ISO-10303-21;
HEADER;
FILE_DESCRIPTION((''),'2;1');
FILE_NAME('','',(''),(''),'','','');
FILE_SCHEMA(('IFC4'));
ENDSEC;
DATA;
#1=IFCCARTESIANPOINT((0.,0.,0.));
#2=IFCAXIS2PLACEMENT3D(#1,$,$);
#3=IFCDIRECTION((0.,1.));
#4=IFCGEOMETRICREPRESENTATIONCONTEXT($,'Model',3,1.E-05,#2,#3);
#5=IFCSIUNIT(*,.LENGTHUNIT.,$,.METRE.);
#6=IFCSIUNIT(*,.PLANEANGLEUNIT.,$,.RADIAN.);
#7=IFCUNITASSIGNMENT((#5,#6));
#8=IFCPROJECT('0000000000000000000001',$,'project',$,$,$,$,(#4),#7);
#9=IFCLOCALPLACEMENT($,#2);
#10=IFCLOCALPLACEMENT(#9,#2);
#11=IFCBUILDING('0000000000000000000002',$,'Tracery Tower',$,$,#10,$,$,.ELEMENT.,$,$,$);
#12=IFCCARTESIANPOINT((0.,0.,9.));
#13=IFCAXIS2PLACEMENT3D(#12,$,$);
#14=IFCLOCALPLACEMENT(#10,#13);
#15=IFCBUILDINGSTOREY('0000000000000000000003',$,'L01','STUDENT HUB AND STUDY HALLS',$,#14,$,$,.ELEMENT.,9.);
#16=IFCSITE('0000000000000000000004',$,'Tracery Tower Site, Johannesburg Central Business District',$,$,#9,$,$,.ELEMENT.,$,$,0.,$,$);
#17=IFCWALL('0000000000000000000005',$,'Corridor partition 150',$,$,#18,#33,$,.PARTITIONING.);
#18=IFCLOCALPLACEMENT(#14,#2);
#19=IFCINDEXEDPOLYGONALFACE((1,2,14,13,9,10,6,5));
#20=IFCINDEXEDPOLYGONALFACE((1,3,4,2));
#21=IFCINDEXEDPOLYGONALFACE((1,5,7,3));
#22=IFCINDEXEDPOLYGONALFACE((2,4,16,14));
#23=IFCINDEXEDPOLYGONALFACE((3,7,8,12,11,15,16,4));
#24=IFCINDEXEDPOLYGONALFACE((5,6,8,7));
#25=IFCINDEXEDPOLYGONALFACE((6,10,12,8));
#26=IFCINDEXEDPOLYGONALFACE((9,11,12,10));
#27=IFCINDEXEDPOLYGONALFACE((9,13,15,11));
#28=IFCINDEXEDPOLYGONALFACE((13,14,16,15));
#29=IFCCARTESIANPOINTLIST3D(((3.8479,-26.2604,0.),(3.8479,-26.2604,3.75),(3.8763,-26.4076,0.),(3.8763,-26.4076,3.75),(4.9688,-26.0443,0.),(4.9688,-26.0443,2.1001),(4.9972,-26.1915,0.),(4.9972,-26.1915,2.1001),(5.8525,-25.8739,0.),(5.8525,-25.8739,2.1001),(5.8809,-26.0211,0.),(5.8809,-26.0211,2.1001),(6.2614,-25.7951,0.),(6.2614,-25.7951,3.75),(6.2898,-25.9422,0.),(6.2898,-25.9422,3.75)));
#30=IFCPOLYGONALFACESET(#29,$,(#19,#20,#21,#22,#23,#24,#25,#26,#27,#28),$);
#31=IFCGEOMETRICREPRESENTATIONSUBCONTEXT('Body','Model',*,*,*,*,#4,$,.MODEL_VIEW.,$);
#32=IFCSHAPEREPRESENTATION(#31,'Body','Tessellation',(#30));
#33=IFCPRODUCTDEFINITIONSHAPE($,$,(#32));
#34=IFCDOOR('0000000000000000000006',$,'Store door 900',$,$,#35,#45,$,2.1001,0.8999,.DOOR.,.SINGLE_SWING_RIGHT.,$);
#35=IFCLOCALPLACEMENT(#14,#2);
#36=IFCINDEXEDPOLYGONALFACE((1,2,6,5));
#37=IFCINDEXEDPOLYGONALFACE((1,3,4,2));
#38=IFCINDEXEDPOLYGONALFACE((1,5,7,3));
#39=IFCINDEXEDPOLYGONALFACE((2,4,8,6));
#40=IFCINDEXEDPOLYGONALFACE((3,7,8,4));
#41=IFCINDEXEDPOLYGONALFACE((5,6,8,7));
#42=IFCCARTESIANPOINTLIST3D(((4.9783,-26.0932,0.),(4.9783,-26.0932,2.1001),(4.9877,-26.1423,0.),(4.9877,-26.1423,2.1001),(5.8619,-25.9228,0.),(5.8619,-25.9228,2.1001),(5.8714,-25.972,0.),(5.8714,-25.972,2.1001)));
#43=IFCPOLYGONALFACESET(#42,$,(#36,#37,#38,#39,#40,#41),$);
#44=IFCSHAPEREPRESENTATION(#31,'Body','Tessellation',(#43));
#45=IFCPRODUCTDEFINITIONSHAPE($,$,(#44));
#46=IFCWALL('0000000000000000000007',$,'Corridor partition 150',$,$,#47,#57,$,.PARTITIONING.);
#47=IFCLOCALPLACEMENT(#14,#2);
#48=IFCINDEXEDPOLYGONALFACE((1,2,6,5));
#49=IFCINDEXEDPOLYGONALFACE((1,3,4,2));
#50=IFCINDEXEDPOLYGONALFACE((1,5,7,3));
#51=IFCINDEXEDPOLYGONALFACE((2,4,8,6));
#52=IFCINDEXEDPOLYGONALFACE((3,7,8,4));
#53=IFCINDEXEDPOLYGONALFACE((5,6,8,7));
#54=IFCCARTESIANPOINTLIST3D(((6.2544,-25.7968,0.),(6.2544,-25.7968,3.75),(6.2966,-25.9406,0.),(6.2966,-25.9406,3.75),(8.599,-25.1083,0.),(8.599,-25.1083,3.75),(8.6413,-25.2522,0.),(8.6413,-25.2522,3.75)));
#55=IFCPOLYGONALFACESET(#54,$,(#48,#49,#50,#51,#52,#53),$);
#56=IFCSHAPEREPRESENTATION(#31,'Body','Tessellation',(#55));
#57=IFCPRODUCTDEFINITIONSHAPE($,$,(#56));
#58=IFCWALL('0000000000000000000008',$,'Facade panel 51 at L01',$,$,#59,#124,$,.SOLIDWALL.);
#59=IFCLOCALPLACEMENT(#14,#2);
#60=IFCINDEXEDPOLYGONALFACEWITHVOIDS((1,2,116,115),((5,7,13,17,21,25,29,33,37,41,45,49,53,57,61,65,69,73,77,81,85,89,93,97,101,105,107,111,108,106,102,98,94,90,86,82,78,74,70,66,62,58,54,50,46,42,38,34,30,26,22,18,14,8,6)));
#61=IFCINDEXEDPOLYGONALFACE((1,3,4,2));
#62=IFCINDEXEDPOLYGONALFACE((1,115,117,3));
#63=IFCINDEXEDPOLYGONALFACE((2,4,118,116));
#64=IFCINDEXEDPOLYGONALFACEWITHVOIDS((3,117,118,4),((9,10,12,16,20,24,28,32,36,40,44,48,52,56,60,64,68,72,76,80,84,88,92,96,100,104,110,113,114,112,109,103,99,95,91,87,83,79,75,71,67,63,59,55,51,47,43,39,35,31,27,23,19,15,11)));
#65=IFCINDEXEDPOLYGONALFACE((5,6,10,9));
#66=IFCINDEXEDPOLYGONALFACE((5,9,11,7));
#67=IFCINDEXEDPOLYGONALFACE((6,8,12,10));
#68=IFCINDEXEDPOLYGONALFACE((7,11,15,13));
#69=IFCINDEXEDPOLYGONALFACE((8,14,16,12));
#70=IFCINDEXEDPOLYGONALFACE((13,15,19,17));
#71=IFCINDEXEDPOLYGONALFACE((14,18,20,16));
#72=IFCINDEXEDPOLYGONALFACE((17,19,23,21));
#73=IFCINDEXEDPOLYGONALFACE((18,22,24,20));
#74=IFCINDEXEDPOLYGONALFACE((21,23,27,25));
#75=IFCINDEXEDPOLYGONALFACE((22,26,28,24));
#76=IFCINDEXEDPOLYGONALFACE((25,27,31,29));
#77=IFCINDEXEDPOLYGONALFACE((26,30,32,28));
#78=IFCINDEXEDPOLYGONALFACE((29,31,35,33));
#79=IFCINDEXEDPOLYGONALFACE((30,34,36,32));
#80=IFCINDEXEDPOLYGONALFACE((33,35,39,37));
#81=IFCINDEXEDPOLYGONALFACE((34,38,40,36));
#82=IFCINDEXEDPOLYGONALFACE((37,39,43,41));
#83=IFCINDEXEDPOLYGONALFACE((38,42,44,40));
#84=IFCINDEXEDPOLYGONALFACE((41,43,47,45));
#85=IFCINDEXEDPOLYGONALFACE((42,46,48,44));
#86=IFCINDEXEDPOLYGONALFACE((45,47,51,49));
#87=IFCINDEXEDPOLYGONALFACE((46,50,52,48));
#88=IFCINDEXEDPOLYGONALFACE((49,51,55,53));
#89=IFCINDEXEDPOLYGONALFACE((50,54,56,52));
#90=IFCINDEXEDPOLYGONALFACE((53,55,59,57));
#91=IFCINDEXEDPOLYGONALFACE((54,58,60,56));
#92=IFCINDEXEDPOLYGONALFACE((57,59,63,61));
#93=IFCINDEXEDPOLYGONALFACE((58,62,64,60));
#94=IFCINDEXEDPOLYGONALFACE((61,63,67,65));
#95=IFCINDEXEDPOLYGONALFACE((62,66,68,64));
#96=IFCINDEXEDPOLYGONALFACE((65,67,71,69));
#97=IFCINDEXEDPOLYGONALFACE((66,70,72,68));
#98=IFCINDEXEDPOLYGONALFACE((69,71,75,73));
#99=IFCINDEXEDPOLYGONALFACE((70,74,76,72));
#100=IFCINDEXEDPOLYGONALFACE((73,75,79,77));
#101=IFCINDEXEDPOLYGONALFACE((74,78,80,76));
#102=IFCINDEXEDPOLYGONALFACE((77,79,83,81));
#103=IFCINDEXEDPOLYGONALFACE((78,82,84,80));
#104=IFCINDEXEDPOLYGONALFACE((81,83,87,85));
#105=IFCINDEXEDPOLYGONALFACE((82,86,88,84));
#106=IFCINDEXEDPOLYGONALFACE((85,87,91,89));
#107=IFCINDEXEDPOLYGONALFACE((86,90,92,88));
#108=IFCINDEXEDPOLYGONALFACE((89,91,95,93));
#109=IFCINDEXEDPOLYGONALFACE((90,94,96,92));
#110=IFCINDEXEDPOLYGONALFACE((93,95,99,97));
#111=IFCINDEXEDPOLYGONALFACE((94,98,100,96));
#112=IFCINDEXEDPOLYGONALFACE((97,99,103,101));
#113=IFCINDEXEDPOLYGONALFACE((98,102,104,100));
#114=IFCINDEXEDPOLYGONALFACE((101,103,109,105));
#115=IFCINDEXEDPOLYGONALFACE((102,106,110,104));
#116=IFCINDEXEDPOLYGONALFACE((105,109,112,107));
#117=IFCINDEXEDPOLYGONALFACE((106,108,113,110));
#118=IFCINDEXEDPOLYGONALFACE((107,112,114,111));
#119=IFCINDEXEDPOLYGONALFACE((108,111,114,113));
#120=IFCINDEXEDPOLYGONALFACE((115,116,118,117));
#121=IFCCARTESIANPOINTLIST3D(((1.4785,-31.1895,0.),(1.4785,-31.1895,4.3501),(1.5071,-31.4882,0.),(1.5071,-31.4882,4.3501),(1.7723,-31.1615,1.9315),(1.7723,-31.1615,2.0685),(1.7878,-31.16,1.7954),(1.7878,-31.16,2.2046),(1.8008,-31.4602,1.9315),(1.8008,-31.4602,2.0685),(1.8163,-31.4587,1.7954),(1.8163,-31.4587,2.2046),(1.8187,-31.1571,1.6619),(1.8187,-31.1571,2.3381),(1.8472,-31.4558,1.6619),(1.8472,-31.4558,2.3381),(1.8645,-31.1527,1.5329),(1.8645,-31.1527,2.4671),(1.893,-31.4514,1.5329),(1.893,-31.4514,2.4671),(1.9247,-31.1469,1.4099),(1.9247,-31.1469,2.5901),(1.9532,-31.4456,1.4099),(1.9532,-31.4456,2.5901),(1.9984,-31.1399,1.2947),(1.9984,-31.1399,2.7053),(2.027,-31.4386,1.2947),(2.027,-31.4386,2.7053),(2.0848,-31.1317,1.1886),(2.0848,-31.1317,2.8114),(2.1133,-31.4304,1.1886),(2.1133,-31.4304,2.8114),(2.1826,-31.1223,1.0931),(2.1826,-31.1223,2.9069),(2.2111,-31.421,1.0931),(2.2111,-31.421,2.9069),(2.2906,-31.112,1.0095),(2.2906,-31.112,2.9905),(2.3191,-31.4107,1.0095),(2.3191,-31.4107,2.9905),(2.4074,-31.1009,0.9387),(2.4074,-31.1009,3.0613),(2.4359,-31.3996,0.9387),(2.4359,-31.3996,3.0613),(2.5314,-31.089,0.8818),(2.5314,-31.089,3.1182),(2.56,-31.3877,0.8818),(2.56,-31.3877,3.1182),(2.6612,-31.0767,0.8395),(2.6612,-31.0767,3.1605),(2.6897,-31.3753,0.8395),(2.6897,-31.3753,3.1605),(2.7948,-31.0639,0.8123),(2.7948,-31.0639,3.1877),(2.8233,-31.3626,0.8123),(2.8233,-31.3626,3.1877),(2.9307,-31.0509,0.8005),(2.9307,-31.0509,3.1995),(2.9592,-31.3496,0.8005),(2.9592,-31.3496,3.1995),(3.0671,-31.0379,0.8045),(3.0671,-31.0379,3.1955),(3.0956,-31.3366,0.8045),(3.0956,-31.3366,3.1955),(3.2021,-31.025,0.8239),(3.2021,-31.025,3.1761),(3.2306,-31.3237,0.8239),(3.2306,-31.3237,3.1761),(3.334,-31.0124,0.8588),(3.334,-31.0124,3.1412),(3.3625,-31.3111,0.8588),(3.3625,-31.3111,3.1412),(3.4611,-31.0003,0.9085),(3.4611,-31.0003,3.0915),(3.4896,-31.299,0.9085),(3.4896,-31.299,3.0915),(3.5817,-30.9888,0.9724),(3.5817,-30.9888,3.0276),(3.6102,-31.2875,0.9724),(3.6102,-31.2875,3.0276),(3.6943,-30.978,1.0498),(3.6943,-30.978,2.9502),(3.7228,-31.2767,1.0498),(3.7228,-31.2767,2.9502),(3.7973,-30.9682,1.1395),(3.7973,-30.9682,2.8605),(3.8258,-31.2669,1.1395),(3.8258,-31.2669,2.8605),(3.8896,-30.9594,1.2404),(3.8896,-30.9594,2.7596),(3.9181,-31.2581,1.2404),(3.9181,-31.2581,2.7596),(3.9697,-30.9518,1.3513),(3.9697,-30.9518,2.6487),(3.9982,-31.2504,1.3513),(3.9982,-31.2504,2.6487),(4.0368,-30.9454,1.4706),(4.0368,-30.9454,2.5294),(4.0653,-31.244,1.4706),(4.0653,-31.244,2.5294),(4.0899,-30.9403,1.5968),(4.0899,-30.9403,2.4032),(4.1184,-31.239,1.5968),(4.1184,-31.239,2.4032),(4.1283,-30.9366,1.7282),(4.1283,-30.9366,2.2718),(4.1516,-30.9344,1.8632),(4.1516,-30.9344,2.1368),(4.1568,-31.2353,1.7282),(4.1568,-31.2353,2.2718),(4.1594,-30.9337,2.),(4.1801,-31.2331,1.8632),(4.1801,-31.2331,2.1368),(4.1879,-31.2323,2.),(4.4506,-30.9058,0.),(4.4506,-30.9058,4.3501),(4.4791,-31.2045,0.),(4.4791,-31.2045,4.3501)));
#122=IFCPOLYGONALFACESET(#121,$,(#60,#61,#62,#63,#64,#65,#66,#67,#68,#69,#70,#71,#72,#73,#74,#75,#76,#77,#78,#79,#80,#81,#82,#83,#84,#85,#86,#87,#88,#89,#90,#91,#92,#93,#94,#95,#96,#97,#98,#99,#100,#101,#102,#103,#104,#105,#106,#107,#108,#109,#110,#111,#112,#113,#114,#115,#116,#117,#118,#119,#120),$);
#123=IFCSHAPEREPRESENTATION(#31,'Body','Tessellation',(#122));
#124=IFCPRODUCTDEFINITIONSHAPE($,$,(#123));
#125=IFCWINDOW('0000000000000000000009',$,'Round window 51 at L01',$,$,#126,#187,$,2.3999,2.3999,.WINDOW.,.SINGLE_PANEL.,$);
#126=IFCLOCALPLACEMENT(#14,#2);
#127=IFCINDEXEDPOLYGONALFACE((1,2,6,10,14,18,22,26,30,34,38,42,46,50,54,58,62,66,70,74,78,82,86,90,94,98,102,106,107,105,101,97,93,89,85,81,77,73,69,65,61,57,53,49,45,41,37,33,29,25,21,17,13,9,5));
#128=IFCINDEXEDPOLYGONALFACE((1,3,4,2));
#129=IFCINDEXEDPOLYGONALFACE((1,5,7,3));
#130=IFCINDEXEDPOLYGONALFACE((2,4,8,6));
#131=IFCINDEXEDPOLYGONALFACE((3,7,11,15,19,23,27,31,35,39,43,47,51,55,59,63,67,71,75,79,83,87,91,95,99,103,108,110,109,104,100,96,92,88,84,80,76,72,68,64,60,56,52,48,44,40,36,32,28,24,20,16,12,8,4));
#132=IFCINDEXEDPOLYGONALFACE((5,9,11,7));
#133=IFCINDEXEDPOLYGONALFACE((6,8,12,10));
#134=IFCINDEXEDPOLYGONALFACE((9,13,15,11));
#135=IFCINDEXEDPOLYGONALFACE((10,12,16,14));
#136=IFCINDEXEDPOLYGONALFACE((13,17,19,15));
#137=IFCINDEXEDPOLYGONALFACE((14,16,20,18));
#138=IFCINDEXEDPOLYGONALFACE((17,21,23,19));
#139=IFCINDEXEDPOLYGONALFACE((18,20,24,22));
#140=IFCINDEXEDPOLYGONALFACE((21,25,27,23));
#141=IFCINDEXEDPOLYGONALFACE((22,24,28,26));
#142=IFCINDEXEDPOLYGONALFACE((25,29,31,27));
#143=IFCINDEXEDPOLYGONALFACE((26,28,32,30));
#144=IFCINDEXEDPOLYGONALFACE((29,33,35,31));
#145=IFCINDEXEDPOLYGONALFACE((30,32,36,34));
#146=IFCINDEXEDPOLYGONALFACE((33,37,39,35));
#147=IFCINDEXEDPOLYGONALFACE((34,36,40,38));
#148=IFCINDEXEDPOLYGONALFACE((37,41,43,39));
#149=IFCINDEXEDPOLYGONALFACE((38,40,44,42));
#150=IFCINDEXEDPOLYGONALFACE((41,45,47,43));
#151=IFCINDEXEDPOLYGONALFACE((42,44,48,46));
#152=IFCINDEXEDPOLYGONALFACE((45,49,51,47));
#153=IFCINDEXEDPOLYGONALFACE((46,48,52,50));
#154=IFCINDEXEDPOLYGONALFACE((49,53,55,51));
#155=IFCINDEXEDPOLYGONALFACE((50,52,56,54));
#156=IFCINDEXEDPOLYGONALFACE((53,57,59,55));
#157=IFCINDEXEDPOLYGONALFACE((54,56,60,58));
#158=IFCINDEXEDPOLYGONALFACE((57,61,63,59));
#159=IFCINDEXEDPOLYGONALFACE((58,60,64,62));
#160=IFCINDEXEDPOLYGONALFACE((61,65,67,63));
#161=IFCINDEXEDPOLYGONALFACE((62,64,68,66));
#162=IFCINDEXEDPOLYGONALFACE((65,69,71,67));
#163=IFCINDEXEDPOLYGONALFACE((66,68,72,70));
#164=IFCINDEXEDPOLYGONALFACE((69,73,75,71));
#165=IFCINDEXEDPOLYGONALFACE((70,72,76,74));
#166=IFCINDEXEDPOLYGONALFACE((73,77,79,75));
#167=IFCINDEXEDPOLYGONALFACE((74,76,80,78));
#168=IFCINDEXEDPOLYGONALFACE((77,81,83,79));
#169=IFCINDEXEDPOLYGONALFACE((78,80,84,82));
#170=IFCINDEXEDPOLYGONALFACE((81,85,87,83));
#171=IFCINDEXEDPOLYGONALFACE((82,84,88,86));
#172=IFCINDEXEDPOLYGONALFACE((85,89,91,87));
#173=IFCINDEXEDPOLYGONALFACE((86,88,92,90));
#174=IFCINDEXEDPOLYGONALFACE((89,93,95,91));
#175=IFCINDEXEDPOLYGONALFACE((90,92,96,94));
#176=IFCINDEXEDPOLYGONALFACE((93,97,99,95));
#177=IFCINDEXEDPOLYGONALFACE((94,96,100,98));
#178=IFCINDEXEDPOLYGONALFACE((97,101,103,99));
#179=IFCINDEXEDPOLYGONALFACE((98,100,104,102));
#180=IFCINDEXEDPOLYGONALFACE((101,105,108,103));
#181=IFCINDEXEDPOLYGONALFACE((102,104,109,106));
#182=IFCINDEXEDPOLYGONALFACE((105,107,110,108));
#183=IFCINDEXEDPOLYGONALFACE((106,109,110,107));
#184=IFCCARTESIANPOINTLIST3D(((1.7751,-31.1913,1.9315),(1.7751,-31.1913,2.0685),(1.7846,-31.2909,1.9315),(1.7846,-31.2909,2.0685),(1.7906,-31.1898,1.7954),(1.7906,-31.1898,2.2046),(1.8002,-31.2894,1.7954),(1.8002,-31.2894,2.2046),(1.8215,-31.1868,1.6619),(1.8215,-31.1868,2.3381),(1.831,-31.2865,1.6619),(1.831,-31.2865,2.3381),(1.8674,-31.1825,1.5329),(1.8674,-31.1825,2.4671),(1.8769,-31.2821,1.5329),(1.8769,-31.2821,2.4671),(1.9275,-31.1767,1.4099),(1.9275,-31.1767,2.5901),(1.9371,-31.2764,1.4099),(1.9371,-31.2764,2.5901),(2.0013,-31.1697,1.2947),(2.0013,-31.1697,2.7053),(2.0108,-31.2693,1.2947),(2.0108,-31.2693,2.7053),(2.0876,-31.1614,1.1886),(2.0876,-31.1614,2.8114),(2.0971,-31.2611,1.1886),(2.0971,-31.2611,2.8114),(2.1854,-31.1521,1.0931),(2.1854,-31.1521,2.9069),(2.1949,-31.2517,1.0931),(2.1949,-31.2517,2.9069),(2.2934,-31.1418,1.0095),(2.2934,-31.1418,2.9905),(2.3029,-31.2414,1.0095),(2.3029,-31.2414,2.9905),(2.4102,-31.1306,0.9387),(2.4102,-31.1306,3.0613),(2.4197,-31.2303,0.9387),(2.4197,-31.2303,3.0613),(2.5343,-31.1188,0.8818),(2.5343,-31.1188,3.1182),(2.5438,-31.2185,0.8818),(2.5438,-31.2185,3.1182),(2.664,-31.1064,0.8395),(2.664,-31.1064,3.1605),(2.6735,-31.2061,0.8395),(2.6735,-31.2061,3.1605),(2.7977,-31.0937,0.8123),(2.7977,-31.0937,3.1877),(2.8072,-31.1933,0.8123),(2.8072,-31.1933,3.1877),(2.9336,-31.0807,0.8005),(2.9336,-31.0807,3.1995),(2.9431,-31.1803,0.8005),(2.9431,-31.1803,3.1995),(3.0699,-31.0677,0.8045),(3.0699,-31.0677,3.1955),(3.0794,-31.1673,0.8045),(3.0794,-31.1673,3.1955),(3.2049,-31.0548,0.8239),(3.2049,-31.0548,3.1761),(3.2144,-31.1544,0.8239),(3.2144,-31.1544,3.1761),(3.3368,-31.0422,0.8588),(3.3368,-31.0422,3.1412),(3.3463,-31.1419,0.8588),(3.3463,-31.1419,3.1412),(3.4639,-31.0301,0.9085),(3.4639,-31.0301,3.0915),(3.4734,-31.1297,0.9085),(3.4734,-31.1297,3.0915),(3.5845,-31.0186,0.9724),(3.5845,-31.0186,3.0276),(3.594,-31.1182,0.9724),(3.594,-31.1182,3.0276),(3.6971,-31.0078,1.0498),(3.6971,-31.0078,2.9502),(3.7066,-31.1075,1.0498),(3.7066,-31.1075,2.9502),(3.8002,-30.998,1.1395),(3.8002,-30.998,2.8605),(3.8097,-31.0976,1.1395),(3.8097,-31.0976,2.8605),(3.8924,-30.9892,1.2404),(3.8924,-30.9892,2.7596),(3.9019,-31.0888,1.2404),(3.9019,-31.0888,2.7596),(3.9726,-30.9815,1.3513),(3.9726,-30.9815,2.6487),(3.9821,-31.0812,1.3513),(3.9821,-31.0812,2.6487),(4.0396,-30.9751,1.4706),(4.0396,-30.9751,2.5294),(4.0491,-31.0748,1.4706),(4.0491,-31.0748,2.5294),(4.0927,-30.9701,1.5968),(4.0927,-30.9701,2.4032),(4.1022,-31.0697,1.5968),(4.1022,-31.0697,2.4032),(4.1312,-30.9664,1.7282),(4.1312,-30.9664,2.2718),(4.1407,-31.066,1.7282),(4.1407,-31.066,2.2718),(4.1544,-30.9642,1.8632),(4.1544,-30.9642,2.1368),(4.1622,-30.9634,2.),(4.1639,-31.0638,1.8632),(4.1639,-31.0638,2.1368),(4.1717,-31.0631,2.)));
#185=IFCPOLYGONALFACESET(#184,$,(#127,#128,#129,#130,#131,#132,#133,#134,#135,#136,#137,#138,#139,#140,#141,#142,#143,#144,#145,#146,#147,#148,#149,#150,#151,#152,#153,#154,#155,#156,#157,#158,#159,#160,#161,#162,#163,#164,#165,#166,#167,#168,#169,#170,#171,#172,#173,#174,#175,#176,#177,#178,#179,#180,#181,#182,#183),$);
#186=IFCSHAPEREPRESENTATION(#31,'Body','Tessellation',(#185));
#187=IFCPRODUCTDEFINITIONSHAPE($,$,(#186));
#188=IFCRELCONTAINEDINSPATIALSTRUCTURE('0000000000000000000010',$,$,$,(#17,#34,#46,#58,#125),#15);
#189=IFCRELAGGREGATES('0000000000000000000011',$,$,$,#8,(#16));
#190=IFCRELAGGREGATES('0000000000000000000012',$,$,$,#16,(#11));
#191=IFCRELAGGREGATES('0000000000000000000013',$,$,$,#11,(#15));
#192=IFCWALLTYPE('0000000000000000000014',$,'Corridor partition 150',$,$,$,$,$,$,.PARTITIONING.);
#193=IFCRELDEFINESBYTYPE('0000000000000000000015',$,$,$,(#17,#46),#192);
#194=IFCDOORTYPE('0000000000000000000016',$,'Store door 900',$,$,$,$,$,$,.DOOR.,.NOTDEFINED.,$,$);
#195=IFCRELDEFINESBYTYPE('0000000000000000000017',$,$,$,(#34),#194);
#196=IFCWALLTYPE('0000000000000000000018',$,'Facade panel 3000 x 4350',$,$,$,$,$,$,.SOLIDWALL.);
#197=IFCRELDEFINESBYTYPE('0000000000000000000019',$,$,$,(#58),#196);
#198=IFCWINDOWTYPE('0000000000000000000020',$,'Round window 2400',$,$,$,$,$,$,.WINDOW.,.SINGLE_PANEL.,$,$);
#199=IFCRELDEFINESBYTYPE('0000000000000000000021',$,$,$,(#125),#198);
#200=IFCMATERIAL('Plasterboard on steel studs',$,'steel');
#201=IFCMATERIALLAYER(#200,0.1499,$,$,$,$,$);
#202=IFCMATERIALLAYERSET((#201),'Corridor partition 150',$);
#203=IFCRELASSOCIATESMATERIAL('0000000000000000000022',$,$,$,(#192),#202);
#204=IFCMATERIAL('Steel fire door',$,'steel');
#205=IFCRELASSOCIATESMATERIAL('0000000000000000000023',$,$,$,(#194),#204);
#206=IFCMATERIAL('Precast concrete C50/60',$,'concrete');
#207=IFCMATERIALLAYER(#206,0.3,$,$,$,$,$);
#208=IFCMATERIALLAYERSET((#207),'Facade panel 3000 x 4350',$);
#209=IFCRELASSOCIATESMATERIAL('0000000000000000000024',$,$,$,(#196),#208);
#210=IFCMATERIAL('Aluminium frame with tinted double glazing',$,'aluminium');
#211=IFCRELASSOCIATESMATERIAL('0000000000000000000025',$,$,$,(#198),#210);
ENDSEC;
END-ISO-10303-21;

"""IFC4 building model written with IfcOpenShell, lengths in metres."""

from ifc_helpers import new_model, si_unit, direction, frame, frame_2d, origin, origin_2d, place, context, subcontext, project, spatial, rectangle, circle, extrude, material, layer, layer_set, type_object, element, fill, save


model = new_model("IFC4")

# Units and contexts
model_context = context("Model", 3, precision=1e-05, world=origin(), true_north=direction((0.0, 1.0)))
body_context = subcontext(model_context, "Body", "Model", "MODEL_VIEW")
ifc_project = project(units=[si_unit("LENGTHUNIT", "METRE"), si_unit("PLANEANGLEUNIT", "RADIAN")], contexts=[model_context])

# Site, building, storey
site_placement = place(None, origin())
site = spatial("IfcSite", under=ifc_project, at=site_placement, Name="Tracery Tower Site, Johannesburg Central Business District", CompositionType="ELEMENT", RefElevation=0.0)
building_placement = place(site_placement, origin())
building = spatial("IfcBuilding", under=site, at=building_placement, Name="Tracery Tower", CompositionType="ELEMENT")
storey_placement = place(building_placement, frame((0.0, 0.0, 9.0)))
storey = spatial("IfcBuildingStorey", under=building, at=storey_placement, Name="L01", Description="STUDENT HUB AND STUDY HALLS", CompositionType="ELEMENT", Elevation=9.0)

# Shared definitions
ifc_material_1 = material(Name="Plasterboard on steel studs", Category="steel")
ifc_layer_1 = layer(ifc_material_1, 0.1499)
ifc_layer_set_1 = layer_set([ifc_layer_1], Name="Corridor partition 150")
wall_type_1 = type_object("IfcWallType", Name="Corridor partition 150", PredefinedType="PARTITIONING", material=ifc_layer_set_1)

# Wall, opening, door
wall_1_placement = place(storey_placement, frame((6.2756, -25.8687, 0.0), z_axis=(0.0, 0.0, 1.0), x_axis=(-0.981917, -0.189312, 0.0)))
wall_1 = element("IfcWall", 1, at=wall_1_placement, inside=storey, type_object=wall_type_1, Name="Corridor partition 150", PredefinedType="PARTITIONING", context=body_context, shape_type="SweptSolid", body=[
    extrude(rectangle(XDim=2.458, YDim=0.1499, at=frame_2d((1.229, 0.0))), origin(), (0.0, 0.0, 1.0), 3.75),
])
opening_1_placement = place(wall_1_placement, frame((0.4165, 0.0, 0.0)))
opening_1 = element("IfcOpeningElement", 2, at=opening_1_placement, cuts=wall_1, PredefinedType="OPENING", context=body_context, shape_type="SweptSolid", body=[
    extrude(rectangle(XDim=0.8999, YDim=2.1001, at=frame_2d((0.45, 1.05))), frame((0.0, 0.075, 0.0), z_axis=(0.0, -1.0, 0.0), x_axis=(1.0, 0.0, 0.0)), (0.0, 0.0, 1.0), 0.1499),
])
ifc_material_2 = material(Name="Steel fire door", Category="steel")
door_type_1 = type_object("IfcDoorType", Name="Store door 900", OperationType="NOTDEFINED", PredefinedType="DOOR", material=ifc_material_2)
door_1_placement = place(opening_1_placement, origin())
door_1 = element("IfcDoor", 3, at=door_1_placement, inside=storey, type_object=door_type_1, Name="Store door 900", OperationType="SINGLE_SWING_RIGHT", OverallHeight=2.1001, OverallWidth=0.8999, PredefinedType="DOOR", context=body_context, shape_type="SweptSolid", body=[
    extrude(rectangle(XDim=0.8999, YDim=2.1001, at=frame_2d((0.45, 1.05))), frame((0.0, 0.0249, 0.0), z_axis=(0.0, -1.0, 0.0), x_axis=(1.0, 0.0, 0.0)), (0.0, 0.0, 1.0), 0.05),
])
fill(opening_1, door_1)

# Wall
wall_2_placement = place(storey_placement, frame((6.2756, -25.8687, 0.0), z_axis=(0.0, 0.0, 1.0), x_axis=(0.959493, 0.281734, 0.0)))
element("IfcWall", 4, at=wall_2_placement, inside=storey, type_object=wall_type_1, Name="Corridor partition 150", PredefinedType="PARTITIONING", context=body_context, shape_type="SweptSolid", body=[
    extrude(rectangle(XDim=2.4436, YDim=0.1499, at=frame_2d((1.2217, 0.0))), origin(), (0.0, 0.0, 1.0), 3.75),
])

# Wall, opening, window
ifc_material_3 = material(Name="Precast concrete C50/60", Category="concrete")
ifc_layer_2 = layer(ifc_material_3, 0.3)
ifc_layer_set_2 = layer_set([ifc_layer_2], Name="Facade panel 3000 x 4350")
wall_type_2 = type_object("IfcWallType", Name="Facade panel 3000 x 4350", PredefinedType="SOLIDWALL", material=ifc_layer_set_2)
wall_3_placement = place(storey_placement, frame((1.4929, -31.3389, 0.0), z_axis=(0.0, 0.0, 1.0), x_axis=(0.995476, 0.095017, 0.0)))
wall_3 = element("IfcWall", 5, at=wall_3_placement, inside=storey, type_object=wall_type_2, Name="Facade panel 51 at L01", PredefinedType="SOLIDWALL", context=body_context, shape_type="SweptSolid", body=[
    extrude(rectangle(XDim=2.9856, YDim=0.3, at=frame_2d((1.4927, 0.0))), origin(), (0.0, 0.0, 1.0), 4.3501),
])
opening_2_placement = place(wall_3_placement, frame((1.4929, 0.0, 2.0)))
opening_2 = element("IfcOpeningElement", 6, at=opening_2_placement, cuts=wall_3, PredefinedType="OPENING", context=body_context, shape_type="SweptSolid", body=[
    extrude(circle(Radius=1.2, at=origin_2d()), frame((0.0, 0.1599, 0.0), z_axis=(0.0, -1.0, 0.0), x_axis=(1.0, 0.0, 0.0)), (0.0, 0.0, 1.0), 0.3201),
])
ifc_material_4 = material(Name="Aluminium frame with tinted double glazing", Category="aluminium")
window_type = type_object("IfcWindowType", Name="Round window 2400", PartitioningType="SINGLE_PANEL", PredefinedType="WINDOW", material=ifc_material_4)
window_1_placement = place(opening_2_placement, origin())
window_1 = element("IfcWindow", 7, at=window_1_placement, inside=storey, type_object=window_type, Name="Round window 51 at L01", OverallHeight=2.3999, OverallWidth=2.3999, PartitioningType="SINGLE_PANEL", PredefinedType="WINDOW", context=body_context, shape_type="SweptSolid", body=[
    extrude(circle(Radius=1.2, at=origin_2d()), frame((0.0, 0.1201, 0.0), z_axis=(0.0, -1.0, 0.0), x_axis=(1.0, 0.0, 0.0)), (0.0, 0.0, 1.0), 0.1001),
])
fill(opening_2, window_1)

save(model, "model.ifc")
